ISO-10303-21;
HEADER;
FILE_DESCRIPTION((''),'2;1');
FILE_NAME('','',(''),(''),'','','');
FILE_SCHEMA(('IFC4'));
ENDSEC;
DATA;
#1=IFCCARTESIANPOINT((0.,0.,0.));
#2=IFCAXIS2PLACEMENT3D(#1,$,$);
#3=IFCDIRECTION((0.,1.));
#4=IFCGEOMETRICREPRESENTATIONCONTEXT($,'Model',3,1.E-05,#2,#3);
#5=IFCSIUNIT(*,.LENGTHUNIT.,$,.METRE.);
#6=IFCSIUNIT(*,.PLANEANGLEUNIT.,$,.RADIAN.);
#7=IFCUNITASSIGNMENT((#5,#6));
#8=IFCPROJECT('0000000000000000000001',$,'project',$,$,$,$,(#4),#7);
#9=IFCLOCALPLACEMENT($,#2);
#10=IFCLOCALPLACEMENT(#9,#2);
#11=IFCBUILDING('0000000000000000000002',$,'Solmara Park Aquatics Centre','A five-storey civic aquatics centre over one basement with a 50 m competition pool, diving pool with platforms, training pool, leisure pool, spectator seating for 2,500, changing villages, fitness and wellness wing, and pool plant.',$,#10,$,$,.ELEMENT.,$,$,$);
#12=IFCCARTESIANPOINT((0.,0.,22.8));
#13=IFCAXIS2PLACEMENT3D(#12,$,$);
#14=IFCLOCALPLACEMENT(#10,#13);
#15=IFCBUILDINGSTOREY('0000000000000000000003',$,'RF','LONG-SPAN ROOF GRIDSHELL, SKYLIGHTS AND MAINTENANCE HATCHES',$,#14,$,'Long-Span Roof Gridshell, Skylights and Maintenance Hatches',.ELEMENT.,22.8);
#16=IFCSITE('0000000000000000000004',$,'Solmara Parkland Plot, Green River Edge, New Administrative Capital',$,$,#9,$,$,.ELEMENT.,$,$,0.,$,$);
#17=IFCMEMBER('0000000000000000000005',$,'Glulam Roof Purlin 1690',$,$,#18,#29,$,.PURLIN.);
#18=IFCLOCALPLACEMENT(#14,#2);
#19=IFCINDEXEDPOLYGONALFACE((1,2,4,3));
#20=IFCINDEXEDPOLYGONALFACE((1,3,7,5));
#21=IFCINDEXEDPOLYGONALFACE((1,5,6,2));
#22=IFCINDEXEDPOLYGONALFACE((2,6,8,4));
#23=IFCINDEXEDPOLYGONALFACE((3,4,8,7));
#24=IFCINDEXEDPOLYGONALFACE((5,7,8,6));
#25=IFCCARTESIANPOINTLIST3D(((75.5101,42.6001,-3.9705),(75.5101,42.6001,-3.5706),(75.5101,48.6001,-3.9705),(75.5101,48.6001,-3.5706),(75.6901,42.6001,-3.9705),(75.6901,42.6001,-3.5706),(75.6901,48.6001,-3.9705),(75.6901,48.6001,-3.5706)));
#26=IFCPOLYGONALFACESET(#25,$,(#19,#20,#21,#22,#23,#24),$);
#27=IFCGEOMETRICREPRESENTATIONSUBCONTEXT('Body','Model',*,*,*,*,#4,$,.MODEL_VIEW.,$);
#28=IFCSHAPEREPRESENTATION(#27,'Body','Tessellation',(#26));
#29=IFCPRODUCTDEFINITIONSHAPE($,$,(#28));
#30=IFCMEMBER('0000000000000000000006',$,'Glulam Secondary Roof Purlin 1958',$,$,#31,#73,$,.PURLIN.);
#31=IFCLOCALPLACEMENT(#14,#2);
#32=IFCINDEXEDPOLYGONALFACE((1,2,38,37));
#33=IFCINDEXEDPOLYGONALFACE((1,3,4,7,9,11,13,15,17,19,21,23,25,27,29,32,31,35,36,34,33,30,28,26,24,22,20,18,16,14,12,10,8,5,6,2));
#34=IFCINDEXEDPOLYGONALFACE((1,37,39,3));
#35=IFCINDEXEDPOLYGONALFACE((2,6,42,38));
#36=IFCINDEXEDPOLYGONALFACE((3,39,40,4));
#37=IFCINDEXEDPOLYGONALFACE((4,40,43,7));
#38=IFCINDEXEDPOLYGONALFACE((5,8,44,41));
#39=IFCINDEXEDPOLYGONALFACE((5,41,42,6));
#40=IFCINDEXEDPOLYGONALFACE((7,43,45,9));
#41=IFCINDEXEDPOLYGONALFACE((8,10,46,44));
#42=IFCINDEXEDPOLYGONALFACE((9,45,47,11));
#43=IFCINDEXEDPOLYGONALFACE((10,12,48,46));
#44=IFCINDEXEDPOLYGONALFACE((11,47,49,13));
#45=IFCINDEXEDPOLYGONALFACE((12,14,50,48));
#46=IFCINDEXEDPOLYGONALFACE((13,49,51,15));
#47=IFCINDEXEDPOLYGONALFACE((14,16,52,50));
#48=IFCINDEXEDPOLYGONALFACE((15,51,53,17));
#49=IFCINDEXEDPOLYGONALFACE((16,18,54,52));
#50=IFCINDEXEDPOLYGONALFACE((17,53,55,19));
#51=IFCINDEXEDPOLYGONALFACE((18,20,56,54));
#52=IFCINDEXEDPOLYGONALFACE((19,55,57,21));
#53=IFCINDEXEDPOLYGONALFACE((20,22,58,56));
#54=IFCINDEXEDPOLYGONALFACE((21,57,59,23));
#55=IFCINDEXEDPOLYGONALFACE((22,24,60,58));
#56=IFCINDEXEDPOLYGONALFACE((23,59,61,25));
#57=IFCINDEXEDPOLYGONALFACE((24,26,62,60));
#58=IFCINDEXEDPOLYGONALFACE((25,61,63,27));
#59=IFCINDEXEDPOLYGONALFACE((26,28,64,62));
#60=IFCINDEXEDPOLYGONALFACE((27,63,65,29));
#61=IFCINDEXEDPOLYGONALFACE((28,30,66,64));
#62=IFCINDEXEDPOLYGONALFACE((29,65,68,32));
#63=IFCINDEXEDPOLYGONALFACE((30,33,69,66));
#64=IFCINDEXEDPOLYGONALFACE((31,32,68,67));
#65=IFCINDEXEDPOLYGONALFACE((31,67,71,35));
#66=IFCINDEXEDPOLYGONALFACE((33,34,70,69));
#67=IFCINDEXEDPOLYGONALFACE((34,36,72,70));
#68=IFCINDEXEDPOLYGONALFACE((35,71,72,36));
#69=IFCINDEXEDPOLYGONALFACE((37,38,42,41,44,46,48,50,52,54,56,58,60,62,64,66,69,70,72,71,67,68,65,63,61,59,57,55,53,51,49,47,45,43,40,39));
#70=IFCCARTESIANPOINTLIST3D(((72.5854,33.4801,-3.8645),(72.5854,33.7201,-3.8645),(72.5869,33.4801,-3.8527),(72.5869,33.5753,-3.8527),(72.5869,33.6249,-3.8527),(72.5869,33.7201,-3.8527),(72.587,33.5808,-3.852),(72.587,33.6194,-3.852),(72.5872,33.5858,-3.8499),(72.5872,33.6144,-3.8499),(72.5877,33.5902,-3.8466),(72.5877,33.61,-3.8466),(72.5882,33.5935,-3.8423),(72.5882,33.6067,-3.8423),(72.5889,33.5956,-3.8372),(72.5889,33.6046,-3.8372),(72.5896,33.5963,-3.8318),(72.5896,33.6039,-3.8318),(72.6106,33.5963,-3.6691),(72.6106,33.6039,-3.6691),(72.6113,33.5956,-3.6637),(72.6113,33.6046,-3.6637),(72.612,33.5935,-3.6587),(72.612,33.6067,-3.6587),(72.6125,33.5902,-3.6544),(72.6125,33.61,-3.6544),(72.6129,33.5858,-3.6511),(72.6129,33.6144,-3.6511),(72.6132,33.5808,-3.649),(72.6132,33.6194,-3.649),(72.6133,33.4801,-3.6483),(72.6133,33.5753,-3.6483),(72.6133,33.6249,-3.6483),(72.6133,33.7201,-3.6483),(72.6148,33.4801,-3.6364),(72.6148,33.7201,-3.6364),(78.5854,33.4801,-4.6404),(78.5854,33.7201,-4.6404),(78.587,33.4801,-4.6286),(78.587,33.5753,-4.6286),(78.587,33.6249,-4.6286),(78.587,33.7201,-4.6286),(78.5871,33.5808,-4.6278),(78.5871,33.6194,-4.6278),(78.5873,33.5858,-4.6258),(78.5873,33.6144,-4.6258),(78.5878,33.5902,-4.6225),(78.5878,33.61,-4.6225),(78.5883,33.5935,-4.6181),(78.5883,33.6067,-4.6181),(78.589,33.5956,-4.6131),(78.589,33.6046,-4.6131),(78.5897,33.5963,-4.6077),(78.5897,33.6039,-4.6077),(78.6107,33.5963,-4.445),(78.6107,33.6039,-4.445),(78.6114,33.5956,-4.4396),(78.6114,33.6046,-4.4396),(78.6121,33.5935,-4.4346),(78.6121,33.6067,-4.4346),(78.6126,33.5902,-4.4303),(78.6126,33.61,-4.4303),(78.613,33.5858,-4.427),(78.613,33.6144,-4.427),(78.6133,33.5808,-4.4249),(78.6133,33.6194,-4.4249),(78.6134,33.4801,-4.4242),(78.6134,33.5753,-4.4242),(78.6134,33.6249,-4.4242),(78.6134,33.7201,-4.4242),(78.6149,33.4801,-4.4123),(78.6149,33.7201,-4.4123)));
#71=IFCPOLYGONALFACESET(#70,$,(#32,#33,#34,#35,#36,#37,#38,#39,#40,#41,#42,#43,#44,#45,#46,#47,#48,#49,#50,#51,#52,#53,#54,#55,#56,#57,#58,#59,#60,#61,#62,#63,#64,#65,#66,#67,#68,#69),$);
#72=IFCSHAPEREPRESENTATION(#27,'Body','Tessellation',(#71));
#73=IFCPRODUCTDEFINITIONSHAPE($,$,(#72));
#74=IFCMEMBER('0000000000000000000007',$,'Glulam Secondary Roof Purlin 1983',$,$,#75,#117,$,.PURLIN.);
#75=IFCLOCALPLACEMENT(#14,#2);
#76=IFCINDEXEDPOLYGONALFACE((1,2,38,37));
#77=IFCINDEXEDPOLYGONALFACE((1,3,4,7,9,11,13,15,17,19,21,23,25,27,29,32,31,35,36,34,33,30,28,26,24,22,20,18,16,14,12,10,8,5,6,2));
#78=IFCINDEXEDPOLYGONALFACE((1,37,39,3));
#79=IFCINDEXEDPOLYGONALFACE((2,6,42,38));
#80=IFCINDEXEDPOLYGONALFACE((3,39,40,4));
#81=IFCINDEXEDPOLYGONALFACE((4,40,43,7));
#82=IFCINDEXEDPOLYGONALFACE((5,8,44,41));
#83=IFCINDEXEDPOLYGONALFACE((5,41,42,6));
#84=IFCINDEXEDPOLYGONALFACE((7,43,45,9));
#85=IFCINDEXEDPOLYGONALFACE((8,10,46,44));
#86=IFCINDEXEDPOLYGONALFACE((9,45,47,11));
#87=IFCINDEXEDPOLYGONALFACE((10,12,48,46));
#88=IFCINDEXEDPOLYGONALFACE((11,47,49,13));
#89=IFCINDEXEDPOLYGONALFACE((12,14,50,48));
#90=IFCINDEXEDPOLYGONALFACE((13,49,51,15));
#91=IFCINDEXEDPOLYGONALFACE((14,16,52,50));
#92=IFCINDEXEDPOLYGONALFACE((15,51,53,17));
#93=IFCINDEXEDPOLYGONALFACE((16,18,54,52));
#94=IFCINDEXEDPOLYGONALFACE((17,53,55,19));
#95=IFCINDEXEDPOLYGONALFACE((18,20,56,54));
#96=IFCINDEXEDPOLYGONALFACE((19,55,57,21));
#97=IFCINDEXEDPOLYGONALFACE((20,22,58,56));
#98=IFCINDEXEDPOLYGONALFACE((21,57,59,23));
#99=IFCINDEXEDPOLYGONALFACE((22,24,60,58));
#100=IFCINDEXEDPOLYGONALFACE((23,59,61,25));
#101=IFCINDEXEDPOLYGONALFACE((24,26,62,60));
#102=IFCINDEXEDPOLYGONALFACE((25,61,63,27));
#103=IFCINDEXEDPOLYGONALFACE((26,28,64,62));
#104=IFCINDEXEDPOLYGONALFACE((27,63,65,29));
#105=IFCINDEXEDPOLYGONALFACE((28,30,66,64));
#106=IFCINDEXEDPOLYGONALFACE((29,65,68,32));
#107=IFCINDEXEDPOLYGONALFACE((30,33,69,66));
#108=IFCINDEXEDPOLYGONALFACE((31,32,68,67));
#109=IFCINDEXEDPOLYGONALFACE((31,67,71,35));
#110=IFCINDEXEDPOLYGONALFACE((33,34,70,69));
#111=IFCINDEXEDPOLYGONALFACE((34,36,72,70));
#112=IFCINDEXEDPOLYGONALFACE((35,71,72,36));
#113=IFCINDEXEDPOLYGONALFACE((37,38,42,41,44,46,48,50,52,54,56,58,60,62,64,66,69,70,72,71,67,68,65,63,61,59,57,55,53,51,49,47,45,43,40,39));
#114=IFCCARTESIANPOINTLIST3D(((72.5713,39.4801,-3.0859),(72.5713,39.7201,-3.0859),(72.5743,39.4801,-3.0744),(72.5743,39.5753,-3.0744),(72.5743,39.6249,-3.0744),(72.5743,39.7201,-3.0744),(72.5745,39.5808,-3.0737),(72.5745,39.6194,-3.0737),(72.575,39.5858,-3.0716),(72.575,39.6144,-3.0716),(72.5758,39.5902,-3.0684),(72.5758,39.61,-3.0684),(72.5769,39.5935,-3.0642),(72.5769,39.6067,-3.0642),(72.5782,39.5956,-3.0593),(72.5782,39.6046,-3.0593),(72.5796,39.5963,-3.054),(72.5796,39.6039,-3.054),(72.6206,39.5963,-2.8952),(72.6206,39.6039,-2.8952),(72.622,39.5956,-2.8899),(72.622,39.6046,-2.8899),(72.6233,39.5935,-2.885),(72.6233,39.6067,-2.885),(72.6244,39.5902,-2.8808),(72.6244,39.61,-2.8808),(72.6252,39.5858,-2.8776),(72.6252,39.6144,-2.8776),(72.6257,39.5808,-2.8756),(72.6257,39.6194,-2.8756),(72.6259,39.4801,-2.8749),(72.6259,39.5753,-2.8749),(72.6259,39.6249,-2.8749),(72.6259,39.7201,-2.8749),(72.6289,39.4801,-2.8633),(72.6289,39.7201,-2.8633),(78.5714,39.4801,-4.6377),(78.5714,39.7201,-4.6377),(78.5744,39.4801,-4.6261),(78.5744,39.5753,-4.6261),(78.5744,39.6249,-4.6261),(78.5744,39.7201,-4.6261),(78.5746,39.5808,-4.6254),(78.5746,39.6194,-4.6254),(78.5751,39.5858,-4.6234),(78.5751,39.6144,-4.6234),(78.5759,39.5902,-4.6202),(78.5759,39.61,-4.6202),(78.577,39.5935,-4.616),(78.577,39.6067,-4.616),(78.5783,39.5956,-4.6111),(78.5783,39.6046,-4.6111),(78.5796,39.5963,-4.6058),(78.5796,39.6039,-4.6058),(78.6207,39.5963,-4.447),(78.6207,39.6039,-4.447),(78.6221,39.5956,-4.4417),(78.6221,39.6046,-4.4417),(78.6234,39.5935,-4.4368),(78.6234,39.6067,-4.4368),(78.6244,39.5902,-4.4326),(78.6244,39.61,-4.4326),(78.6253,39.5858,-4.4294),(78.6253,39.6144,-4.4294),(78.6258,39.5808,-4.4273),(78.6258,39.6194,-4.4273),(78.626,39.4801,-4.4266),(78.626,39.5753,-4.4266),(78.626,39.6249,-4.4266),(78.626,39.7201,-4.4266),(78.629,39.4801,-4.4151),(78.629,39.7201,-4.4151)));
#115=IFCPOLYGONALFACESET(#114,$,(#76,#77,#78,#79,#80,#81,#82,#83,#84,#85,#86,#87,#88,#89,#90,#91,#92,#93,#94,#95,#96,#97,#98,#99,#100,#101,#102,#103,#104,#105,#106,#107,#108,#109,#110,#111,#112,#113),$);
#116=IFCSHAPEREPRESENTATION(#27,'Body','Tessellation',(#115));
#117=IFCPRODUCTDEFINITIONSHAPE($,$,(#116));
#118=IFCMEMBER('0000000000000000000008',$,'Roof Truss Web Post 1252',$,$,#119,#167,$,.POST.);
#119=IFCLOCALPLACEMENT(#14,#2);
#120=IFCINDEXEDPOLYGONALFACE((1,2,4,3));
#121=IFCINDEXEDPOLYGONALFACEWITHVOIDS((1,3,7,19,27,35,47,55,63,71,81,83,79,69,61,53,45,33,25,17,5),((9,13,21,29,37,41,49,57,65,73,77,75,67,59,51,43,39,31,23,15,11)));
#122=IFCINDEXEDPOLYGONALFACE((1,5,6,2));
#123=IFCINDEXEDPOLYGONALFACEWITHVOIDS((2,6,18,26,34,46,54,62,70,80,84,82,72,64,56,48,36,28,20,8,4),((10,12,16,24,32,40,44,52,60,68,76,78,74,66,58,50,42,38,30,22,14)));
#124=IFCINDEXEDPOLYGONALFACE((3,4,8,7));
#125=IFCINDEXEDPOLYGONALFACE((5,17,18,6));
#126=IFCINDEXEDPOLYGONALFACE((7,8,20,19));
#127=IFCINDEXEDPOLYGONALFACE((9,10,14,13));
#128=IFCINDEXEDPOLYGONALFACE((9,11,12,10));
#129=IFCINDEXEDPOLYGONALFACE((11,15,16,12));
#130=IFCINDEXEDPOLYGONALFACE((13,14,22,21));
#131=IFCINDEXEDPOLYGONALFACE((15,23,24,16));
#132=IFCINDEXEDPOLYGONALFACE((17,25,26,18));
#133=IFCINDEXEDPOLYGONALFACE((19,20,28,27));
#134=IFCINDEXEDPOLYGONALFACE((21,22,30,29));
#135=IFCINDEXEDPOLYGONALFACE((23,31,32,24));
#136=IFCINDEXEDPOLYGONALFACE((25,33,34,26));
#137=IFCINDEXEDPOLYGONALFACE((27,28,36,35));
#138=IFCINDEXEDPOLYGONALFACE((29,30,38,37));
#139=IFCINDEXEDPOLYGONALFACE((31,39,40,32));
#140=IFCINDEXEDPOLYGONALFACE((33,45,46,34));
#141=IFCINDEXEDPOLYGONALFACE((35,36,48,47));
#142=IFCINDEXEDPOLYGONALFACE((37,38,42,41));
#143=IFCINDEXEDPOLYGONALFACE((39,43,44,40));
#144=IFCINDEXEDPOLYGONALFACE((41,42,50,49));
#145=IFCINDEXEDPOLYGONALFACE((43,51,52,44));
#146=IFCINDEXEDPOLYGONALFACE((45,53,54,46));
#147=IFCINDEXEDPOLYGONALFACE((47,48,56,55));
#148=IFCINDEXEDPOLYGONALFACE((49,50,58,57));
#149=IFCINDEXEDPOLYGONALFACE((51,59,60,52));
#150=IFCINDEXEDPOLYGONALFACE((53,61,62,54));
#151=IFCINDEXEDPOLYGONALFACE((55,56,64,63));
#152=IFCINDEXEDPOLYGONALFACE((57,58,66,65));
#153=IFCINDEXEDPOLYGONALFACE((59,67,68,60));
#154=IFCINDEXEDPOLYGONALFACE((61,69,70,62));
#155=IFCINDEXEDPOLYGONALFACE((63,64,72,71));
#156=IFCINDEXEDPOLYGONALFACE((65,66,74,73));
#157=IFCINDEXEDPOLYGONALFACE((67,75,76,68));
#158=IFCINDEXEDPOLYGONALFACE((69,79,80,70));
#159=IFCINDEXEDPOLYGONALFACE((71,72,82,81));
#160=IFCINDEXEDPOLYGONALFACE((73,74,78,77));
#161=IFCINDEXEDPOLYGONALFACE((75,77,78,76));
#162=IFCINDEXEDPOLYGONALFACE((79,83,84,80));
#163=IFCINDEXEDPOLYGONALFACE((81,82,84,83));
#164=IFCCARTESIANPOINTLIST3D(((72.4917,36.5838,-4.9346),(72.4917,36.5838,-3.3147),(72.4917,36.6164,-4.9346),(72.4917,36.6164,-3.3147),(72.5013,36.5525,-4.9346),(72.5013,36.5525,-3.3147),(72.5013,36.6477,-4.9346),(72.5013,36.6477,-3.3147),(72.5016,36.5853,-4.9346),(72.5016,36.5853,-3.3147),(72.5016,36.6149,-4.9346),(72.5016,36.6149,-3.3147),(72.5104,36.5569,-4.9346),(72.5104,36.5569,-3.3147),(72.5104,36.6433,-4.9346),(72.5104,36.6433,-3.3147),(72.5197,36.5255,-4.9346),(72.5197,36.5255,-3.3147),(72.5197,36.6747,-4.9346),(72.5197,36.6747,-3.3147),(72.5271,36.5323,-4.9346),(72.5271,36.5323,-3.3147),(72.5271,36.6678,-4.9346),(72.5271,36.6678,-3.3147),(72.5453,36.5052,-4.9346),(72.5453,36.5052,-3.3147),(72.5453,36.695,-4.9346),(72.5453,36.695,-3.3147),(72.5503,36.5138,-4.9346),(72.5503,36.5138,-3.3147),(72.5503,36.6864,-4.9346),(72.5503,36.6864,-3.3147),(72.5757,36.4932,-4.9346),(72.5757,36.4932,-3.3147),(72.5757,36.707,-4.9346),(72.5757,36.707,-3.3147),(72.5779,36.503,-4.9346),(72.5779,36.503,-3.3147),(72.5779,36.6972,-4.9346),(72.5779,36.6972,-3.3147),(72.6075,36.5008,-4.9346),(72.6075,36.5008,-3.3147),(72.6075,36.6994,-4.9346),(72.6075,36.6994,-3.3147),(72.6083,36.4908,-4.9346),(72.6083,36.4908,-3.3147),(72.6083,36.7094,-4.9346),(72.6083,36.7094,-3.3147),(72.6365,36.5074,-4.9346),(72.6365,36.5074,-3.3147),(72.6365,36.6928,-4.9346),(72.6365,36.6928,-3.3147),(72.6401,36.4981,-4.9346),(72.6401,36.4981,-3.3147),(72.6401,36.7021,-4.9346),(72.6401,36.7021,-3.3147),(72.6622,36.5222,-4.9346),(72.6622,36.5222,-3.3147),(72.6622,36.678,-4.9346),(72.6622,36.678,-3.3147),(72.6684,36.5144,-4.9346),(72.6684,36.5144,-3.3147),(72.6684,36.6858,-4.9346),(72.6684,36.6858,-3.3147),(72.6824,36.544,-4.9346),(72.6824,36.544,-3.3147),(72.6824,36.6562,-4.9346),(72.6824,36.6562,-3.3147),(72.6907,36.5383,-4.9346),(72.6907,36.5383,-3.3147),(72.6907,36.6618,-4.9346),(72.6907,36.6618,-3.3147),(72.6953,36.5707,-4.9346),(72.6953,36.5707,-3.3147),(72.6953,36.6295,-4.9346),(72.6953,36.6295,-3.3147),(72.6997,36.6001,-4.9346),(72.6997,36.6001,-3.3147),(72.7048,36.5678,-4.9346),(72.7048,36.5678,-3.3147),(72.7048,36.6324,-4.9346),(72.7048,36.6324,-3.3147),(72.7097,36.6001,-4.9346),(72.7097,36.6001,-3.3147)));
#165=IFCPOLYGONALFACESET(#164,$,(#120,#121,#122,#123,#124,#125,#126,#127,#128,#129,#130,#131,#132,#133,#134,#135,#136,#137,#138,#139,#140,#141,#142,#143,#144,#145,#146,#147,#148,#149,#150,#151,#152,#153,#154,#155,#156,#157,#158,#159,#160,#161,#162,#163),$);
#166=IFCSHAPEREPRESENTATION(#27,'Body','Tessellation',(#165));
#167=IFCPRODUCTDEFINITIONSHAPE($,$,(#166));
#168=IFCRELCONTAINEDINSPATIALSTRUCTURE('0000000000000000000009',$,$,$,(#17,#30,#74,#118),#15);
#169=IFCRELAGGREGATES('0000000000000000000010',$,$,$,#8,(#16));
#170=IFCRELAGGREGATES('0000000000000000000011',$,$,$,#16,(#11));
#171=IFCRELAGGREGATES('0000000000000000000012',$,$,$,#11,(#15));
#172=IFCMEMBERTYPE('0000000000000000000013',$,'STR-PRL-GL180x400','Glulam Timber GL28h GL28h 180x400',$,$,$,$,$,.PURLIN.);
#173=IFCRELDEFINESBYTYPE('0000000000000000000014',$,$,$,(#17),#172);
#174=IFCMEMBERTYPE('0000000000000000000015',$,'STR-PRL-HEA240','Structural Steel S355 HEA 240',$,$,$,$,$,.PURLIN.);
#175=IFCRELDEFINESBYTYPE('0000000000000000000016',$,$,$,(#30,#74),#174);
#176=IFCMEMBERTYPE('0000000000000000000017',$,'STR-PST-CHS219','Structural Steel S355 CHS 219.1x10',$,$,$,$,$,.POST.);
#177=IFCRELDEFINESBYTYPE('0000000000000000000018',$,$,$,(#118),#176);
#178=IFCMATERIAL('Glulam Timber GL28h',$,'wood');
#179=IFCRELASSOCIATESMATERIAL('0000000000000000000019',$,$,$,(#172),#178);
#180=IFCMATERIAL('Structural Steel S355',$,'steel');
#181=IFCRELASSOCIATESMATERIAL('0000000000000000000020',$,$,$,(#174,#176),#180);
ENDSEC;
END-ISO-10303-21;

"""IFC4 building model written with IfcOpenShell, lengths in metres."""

from ifc_helpers import new_model, si_unit, direction, frame, origin, origin_2d, place, context, subcontext, project, spatial, rectangle, hollow_circle, i_section, extrude, material, material_profile, profile_set, type_object, element, save


model = new_model("IFC4")

# Units and contexts
model_context = context("Model", 3, precision=1e-05, world=origin(), true_north=direction((0.0, 1.0)))
body_context = subcontext(model_context, "Body", "Model", "MODEL_VIEW")
ifc_project = project(units=[si_unit("LENGTHUNIT", "METRE"), si_unit("PLANEANGLEUNIT", "RADIAN")], contexts=[model_context])

# Site, building, storey
site_placement = place(None, origin())
site = spatial("IfcSite", under=ifc_project, at=site_placement, Name="Solmara Parkland Plot, Green River Edge, New Administrative Capital", CompositionType="ELEMENT", RefElevation=0.0)
building_placement = place(site_placement, origin())
building = spatial("IfcBuilding", under=site, at=building_placement, Name="Solmara Park Aquatics Centre", Description="A five-storey civic aquatics centre over one basement with a 50 m competition pool, diving pool with platforms, training pool, leisure pool, spectator seating for 2,500, changing villages, fitness and wellness wing, and pool plant.", CompositionType="ELEMENT")
storey_placement = place(building_placement, frame((0.0, 0.0, 22.8)))
storey = spatial("IfcBuildingStorey", under=building, at=storey_placement, Name="RF", Description="LONG-SPAN ROOF GRIDSHELL, SKYLIGHTS AND MAINTENANCE HATCHES", LongName="Long-Span Roof Gridshell, Skylights and Maintenance Hatches", CompositionType="ELEMENT", Elevation=22.8)

# Members
ifc_material_1 = material(Name="Structural Steel S355", Category="steel")
ifc_material_2 = material(Name="Glulam Timber GL28h", Category="wood")
ifc_material_profile_1 = material_profile(ifc_material_2, rectangle(XDim=0.1799, YDim=0.3999, at=origin_2d()), Name="GL28h 180x400")
ifc_profile_set_1 = profile_set([ifc_material_profile_1], Name="Glulam Timber GL28h")
member_type_1 = type_object("IfcMemberType", Name="STR-PRL-GL180x400", Description="Glulam Timber GL28h GL28h 180x400", PredefinedType="PURLIN", material=ifc_profile_set_1)
for number, where, z_axis, x_axis, name in (
    (1, (75.6001, 42.6001, -3.7705), (0.0, 1.0, 0.0), (-1.0, 0.0, 0.0), "Glulam Roof Purlin 1690"),
):
    element("IfcMember", number, at=place(storey_placement, frame(where, z_axis=z_axis, x_axis=x_axis)), inside=storey, type_object=member_type_1, Name=name, PredefinedType="PURLIN", context=body_context, shape_type="SweptSolid", body=[
        extrude(rectangle(XDim=0.1799, YDim=0.3999, at=origin_2d()), origin(), (0.0, 0.0, 1.0), 6.0),
    ])
ifc_material_profile_2 = material_profile(ifc_material_1, i_section(OverallWidth=0.24, OverallDepth=0.23, WebThickness=0.0076, FlangeThickness=0.012, FilletRadius=0.021, at=origin_2d()), Name="HEA 240")
ifc_profile_set_2 = profile_set([ifc_material_profile_2], Name="Structural Steel S355")
member_type_2 = type_object("IfcMemberType", Name="STR-PRL-HEA240", Description="Structural Steel S355 HEA 240", PredefinedType="PURLIN", material=ifc_profile_set_2)
member_1_placement = place(storey_placement, frame((72.6001, 33.6001, -3.7505), z_axis=(0.991742, 0.0, -0.128245), x_axis=(0.0, 1.0, 0.0)))
element("IfcMember", 2, at=member_1_placement, inside=storey, type_object=member_type_2, Name="Glulam Secondary Roof Purlin 1958", PredefinedType="PURLIN", context=body_context, shape_type="SweptSolid", body=[
    extrude(i_section(OverallWidth=0.24, OverallDepth=0.23, WebThickness=0.0076, FlangeThickness=0.012, FilletRadius=0.021, at=origin_2d()), origin(), (0.0, 0.0, 1.0), 6.05),
])
member_2_placement = place(storey_placement, frame((72.6001, 39.6001, -2.9746), z_axis=(0.968146, 0.0, -0.250388), x_axis=(0.0, 1.0, 0.0)))
element("IfcMember", 3, at=member_2_placement, inside=storey, type_object=member_type_2, Name="Glulam Secondary Roof Purlin 1983", PredefinedType="PURLIN", context=body_context, shape_type="SweptSolid", body=[
    extrude(i_section(OverallWidth=0.24, OverallDepth=0.23, WebThickness=0.0076, FlangeThickness=0.012, FilletRadius=0.021, at=origin_2d()), origin(), (0.0, 0.0, 1.0), 6.1975),
])
ifc_material_profile_3 = material_profile(ifc_material_1, hollow_circle(Radius=0.1096, WallThickness=0.01, at=origin_2d()), Name="CHS 219.1x10")
ifc_profile_set_3 = profile_set([ifc_material_profile_3], Name="Structural Steel S355")
member_type_3 = type_object("IfcMemberType", Name="STR-PST-CHS219", Description="Structural Steel S355 CHS 219.1x10", PredefinedType="POST", material=ifc_profile_set_3)
for number, where, z_axis, x_axis, name in (
    (4, (72.6001, 36.6001, -4.9346), (0.0, 0.0, 1.0), (1.0, 0.0, 0.0), "Roof Truss Web Post 1252"),
):
    element("IfcMember", number, at=place(storey_placement, frame(where, z_axis=z_axis, x_axis=x_axis)), inside=storey, type_object=member_type_3, Name=name, PredefinedType="POST", context=body_context, shape_type="SweptSolid", body=[
        extrude(hollow_circle(Radius=0.1096, WallThickness=0.01, at=origin_2d()), origin(), (0.0, 0.0, 1.0), 1.6199),
    ])

save(model, "model.ifc")
